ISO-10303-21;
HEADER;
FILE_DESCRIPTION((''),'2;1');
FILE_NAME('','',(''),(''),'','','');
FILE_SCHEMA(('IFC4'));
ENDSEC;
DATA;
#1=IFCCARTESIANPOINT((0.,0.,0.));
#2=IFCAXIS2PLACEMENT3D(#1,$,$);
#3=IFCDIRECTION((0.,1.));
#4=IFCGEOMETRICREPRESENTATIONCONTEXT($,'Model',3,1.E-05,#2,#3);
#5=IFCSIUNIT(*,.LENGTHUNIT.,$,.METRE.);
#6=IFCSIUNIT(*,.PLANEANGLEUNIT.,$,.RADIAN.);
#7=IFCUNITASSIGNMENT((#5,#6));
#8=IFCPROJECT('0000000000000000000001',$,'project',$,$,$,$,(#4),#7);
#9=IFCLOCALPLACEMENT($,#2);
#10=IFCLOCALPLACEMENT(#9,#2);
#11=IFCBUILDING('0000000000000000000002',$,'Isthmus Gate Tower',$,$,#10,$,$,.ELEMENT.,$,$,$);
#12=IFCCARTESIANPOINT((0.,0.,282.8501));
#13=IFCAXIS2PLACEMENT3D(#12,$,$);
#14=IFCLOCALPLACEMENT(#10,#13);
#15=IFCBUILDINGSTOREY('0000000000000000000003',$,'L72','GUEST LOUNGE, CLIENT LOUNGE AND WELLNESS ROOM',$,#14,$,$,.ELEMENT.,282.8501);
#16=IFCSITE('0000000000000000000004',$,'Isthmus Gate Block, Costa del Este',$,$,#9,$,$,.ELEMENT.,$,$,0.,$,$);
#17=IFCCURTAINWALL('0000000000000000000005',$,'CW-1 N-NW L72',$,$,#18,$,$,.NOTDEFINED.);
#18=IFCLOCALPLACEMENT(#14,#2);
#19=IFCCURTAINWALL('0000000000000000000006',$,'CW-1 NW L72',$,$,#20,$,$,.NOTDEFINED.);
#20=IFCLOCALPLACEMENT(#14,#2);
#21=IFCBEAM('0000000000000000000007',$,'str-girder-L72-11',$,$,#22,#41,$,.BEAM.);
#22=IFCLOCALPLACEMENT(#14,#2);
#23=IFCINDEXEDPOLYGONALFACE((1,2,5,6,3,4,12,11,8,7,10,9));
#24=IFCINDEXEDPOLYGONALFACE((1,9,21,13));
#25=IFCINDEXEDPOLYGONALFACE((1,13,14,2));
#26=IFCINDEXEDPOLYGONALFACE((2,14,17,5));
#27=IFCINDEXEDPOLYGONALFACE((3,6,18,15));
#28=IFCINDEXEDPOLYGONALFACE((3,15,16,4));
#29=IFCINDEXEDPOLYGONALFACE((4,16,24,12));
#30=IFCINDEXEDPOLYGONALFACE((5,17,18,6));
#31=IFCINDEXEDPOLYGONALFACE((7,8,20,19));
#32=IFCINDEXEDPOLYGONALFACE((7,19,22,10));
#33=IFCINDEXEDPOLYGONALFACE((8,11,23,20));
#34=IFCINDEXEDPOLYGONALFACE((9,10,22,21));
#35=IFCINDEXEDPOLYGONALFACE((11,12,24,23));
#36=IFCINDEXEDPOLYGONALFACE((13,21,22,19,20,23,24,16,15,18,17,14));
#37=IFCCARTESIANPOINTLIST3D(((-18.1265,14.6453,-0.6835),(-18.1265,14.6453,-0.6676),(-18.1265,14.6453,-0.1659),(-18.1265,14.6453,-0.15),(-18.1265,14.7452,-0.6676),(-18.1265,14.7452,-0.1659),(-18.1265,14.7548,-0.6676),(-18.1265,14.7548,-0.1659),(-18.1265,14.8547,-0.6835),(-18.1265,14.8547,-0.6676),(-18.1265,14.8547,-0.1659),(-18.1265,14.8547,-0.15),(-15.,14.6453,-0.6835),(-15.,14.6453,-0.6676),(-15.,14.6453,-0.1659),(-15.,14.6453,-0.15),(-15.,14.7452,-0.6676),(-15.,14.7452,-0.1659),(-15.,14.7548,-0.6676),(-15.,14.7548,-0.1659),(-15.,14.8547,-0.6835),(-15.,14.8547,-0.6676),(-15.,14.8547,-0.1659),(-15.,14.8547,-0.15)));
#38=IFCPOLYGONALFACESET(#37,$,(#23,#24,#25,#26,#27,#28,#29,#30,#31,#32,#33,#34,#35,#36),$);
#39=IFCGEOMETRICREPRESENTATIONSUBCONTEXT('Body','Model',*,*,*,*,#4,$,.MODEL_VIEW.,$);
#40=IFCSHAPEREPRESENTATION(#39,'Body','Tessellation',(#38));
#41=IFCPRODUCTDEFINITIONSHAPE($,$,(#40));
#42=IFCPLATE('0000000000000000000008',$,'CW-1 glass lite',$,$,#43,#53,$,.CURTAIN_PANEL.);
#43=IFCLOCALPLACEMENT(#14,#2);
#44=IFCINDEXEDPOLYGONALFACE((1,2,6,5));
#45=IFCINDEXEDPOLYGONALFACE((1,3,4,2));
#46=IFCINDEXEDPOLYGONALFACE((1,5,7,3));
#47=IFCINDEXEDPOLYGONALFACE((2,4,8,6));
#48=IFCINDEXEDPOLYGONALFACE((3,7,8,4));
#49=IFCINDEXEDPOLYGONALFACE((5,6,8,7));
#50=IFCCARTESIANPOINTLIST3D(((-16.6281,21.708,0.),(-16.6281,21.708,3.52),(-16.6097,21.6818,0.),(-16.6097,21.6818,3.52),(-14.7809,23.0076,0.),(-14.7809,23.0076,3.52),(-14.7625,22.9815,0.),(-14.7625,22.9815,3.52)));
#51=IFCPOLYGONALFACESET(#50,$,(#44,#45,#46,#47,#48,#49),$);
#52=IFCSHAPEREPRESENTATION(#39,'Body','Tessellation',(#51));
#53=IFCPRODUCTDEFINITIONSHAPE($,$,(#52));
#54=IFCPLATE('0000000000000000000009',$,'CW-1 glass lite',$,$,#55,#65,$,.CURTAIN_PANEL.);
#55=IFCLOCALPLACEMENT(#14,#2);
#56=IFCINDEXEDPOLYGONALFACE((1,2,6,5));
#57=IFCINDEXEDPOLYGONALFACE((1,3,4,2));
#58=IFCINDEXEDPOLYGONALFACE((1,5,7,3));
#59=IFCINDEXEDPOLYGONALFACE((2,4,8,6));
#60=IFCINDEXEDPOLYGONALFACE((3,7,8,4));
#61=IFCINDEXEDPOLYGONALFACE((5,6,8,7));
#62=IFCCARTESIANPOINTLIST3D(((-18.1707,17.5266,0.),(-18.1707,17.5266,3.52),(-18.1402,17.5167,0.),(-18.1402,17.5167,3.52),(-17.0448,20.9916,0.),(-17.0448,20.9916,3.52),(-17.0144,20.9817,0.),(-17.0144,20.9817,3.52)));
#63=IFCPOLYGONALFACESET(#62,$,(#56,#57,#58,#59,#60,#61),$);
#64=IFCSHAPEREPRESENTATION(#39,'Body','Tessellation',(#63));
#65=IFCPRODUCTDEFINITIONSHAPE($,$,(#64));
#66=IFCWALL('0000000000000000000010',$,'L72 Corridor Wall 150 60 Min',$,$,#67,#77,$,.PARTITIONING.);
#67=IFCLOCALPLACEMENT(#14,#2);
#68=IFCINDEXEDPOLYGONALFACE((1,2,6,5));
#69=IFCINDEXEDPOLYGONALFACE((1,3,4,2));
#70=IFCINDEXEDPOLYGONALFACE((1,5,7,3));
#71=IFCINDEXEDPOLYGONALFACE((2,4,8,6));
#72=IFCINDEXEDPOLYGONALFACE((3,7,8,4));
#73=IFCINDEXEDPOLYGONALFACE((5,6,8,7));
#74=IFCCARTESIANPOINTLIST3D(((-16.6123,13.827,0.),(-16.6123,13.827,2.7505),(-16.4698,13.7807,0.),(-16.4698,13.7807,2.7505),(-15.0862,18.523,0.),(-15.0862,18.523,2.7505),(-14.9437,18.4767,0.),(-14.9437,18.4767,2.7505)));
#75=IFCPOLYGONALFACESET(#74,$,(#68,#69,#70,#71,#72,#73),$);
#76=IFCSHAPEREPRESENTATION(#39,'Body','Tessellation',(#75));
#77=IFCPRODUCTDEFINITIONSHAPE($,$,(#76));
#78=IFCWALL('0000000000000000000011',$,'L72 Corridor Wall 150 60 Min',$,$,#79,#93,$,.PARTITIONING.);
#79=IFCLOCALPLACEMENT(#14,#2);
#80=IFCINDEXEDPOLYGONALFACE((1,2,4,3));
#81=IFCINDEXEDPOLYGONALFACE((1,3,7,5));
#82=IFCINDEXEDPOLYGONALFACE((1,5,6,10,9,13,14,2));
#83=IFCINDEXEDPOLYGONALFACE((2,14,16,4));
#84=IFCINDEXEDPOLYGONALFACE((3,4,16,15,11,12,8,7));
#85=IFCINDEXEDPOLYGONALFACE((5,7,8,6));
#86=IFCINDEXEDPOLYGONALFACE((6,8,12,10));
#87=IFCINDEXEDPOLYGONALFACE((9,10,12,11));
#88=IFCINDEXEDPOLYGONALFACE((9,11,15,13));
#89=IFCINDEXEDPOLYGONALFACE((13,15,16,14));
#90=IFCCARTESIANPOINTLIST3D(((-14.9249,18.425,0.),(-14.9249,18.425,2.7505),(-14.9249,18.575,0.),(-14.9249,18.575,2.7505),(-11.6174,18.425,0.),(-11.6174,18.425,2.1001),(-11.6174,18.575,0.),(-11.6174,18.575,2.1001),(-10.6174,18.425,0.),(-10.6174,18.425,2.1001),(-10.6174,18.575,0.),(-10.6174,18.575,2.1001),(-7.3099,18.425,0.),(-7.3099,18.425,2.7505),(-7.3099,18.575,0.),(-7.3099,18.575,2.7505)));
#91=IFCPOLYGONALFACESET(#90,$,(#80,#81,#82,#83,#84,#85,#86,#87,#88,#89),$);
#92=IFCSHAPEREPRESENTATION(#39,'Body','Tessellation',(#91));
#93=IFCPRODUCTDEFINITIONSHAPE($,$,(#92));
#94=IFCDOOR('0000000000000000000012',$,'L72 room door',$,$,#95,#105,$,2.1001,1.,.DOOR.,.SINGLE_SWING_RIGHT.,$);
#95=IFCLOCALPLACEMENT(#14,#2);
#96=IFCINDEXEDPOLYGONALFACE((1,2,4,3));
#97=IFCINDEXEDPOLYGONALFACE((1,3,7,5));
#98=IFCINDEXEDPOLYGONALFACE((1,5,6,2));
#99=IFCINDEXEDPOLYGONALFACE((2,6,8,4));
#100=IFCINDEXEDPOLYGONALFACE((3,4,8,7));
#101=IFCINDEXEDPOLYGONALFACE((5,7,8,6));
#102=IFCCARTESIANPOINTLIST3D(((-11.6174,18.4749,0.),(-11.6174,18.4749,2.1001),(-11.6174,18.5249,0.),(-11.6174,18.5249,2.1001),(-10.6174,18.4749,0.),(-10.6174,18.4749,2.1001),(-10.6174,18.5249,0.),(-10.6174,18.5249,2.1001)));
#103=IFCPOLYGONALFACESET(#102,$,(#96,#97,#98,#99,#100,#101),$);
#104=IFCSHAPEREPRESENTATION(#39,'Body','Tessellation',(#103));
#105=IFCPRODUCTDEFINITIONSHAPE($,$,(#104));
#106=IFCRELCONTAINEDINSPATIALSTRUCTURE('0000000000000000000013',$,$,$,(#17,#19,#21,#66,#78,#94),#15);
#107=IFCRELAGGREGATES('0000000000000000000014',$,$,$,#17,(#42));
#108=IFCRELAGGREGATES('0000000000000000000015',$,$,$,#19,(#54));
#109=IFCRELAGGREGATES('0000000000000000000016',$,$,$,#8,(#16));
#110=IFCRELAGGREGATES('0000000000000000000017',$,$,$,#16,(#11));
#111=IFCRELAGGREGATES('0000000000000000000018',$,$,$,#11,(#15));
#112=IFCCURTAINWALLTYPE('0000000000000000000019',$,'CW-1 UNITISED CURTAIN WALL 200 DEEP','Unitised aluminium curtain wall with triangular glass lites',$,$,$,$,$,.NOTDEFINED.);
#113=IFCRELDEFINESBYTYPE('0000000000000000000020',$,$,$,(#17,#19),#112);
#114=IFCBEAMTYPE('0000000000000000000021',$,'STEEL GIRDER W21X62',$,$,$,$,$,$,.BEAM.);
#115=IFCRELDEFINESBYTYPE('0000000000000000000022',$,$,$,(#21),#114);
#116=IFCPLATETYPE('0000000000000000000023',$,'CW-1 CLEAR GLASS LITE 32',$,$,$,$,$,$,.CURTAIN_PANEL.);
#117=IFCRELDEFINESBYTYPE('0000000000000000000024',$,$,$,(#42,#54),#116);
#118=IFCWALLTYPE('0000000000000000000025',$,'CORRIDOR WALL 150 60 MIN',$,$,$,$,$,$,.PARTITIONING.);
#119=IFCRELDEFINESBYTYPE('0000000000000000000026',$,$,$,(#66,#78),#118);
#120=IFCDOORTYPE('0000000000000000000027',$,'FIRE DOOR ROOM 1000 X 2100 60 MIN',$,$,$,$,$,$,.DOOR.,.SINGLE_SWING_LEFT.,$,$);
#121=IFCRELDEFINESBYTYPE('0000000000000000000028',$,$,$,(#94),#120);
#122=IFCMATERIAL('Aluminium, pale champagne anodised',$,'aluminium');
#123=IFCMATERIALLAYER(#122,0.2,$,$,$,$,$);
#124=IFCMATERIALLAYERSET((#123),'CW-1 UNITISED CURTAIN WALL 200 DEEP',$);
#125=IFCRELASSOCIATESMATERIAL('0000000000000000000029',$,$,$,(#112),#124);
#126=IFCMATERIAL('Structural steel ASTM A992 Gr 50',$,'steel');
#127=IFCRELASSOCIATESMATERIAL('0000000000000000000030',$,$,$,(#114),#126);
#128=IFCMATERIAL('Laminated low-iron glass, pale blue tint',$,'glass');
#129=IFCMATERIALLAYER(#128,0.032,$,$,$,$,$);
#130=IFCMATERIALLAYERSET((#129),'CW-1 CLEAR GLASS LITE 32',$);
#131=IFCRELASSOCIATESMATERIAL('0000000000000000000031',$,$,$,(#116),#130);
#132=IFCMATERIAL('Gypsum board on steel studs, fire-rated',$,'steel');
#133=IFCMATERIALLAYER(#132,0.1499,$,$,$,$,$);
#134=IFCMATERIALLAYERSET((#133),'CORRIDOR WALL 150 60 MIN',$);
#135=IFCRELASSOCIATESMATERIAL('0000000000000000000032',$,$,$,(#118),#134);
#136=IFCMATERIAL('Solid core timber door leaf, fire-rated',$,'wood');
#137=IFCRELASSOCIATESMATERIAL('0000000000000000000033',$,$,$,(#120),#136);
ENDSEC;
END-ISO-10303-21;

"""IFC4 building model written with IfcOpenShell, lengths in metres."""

from ifc_helpers import new_model, si_unit, direction, frame, frame_2d, origin, origin_2d, place, context, subcontext, project, spatial, rectangle, i_section, extrude, material, layer, layer_set, material_profile, profile_set, type_object, element, fill, aggregate, save


model = new_model("IFC4")

# Units and contexts
model_context = context("Model", 3, precision=1e-05, world=origin(), true_north=direction((0.0, 1.0)))
body_context = subcontext(model_context, "Body", "Model", "MODEL_VIEW")
ifc_project = project(units=[si_unit("LENGTHUNIT", "METRE"), si_unit("PLANEANGLEUNIT", "RADIAN")], contexts=[model_context])

# Site, building, storey
site_placement = place(None, origin())
site = spatial("IfcSite", under=ifc_project, at=site_placement, Name="Isthmus Gate Block, Costa del Este", CompositionType="ELEMENT", RefElevation=0.0)
building_placement = place(site_placement, origin())
building = spatial("IfcBuilding", under=site, at=building_placement, Name="Isthmus Gate Tower", CompositionType="ELEMENT")
storey_placement = place(building_placement, frame((0.0, 0.0, 282.8501)))
storey = spatial("IfcBuildingStorey", under=building, at=storey_placement, Name="L72", Description="GUEST LOUNGE, CLIENT LOUNGE AND WELLNESS ROOM", CompositionType="ELEMENT", Elevation=282.8501)

# Curtain wall
ifc_material_1 = material(Name="Aluminium, pale champagne anodised", Category="aluminium")
ifc_layer_1 = layer(ifc_material_1, 0.2)
ifc_layer_set_1 = layer_set([ifc_layer_1], Name="CW-1 UNITISED CURTAIN WALL 200 DEEP")
curtain_wall_type = type_object("IfcCurtainWallType", Name="CW-1 UNITISED CURTAIN WALL 200 DEEP", Description="Unitised aluminium curtain wall with triangular glass lites", PredefinedType="NOTDEFINED", material=ifc_layer_set_1)
curtain_wall_1_placement = place(storey_placement, origin())
curtain_wall_1 = element("IfcCurtainWall", 1, at=curtain_wall_1_placement, inside=storey, type_object=curtain_wall_type, Name="CW-1 N-NW L72", PredefinedType="NOTDEFINED")

# Curtain wall
curtain_wall_2_placement = place(storey_placement, origin())
curtain_wall_2 = element("IfcCurtainWall", 2, at=curtain_wall_2_placement, inside=storey, type_object=curtain_wall_type, Name="CW-1 NW L72", PredefinedType="NOTDEFINED")

# Beam
ifc_material_2 = material(Name="Structural steel ASTM A992 Gr 50", Category="steel")
ifc_material_profile_1 = material_profile(ifc_material_2, i_section(OverallWidth=0.2095, OverallDepth=0.5334, WebThickness=0.0095, FlangeThickness=0.0159, at=origin_2d()), Name="W21X62")
ifc_profile_set_1 = profile_set([ifc_material_profile_1], Name="Structural steel ASTM A992 Gr 50")
beam_type_1 = type_object("IfcBeamType", Name="STEEL GIRDER W21X62", PredefinedType="BEAM", material=ifc_profile_set_1)
beam_1_placement = place(storey_placement, frame((-15.0, 14.75, -0.4167), z_axis=(-1.0, 0.0, 0.0), x_axis=(0.0, -1.0, 0.0)))
element("IfcBeam", 3, at=beam_1_placement, inside=storey, type_object=beam_type_1, Name="str-girder-L72-11", PredefinedType="BEAM", context=body_context, shape_type="SweptSolid", body=[
    extrude(i_section(OverallWidth=0.2095, OverallDepth=0.5334, WebThickness=0.0095, FlangeThickness=0.0159, at=origin_2d()), origin(), (0.0, 0.0, 1.0), 3.1265),
])

# Plates
ifc_material_3 = material(Name="Laminated low-iron glass, pale blue tint", Category="glass")
ifc_layer_2 = layer(ifc_material_3, 0.032)
ifc_layer_set_2 = layer_set([ifc_layer_2], Name="CW-1 CLEAR GLASS LITE 32")
plate_type = type_object("IfcPlateType", Name="CW-1 CLEAR GLASS LITE 32", PredefinedType="CURTAIN_PANEL", material=ifc_layer_set_2)
plate_1_placement = place(storey_placement, frame((-15.6953, 22.3447, 0.0), z_axis=(0.0, 0.0, 1.0), x_axis=(-0.81786, -0.575418, 0.0)))
plate_1 = element("IfcPlate", 4, at=plate_1_placement, type_object=plate_type, Name="CW-1 glass lite", PredefinedType="CURTAIN_PANEL", context=body_context, shape_type="SweptSolid", body=[
    extrude(rectangle(XDim=2.2585, YDim=0.032, at=origin_2d()), origin(), (0.0, 0.0, 1.0), 3.52),
])
aggregate(curtain_wall_1, [plate_1])
plate_2_placement = place(storey_placement, frame((-17.5925, 19.2542, 0.0), z_axis=(0.0, 0.0, 1.0), x_axis=(-0.309017, -0.951057, 0.0)))
plate_2 = element("IfcPlate", 5, at=plate_2_placement, type_object=plate_type, Name="CW-1 glass lite", PredefinedType="CURTAIN_PANEL", context=body_context, shape_type="SweptSolid", body=[
    extrude(rectangle(XDim=3.6433, YDim=0.032, at=origin_2d()), origin(), (0.0, 0.0, 1.0), 3.52),
])

# Wall
ifc_material_4 = material(Name="Gypsum board on steel studs, fire-rated", Category="steel")
ifc_layer_3 = layer(ifc_material_4, 0.1499)
ifc_layer_set_3 = layer_set([ifc_layer_3], Name="CORRIDOR WALL 150 60 MIN")
wall_type_1 = type_object("IfcWallType", Name="CORRIDOR WALL 150 60 MIN", PredefinedType="PARTITIONING", material=ifc_layer_set_3)
wall_1_placement = place(storey_placement, frame((-16.541, 13.804, 0.0), z_axis=(0.0, 0.0, 1.0), x_axis=(0.309069, 0.95104, 0.0)))
element("IfcWall", 6, at=wall_1_placement, inside=storey, type_object=wall_type_1, Name="L72 Corridor Wall 150 60 Min", PredefinedType="PARTITIONING", context=body_context, shape_type="SweptSolid", body=[
    extrude(rectangle(XDim=4.9377, YDim=0.1499, at=frame_2d((2.4688, 0.0))), origin(), (0.0, 0.0, 1.0), 2.7505),
])

# Wall, opening, door
wall_2_placement = place(storey_placement, frame((-14.925, 18.5, 0.0), z_axis=(0.0, 0.0, 1.0), x_axis=(1.0, 0.0, 0.0)))
wall_2 = element("IfcWall", 7, at=wall_2_placement, inside=storey, type_object=wall_type_1, Name="L72 Corridor Wall 150 60 Min", PredefinedType="PARTITIONING", context=body_context, shape_type="SweptSolid", body=[
    extrude(rectangle(XDim=7.615, YDim=0.1499, at=frame_2d((3.8076, 0.0))), origin(), (0.0, 0.0, 1.0), 2.7505),
])
opening_1_placement = place(wall_2_placement, frame((3.3076, 0.0, 0.0)))
opening_1 = element("IfcOpeningElement", 8, at=opening_1_placement, cuts=wall_2, PredefinedType="OPENING", context=body_context, shape_type="SweptSolid", body=[
    extrude(rectangle(XDim=1.0, YDim=2.1001, at=frame_2d((0.5, 1.05))), frame((0.0, 0.085, 0.0), z_axis=(0.0, -1.0, 0.0), x_axis=(1.0, 0.0, 0.0)), (0.0, 0.0, 1.0), 0.1699),
])
ifc_material_5 = material(Name="Solid core timber door leaf, fire-rated", Category="wood")
door_type_1 = type_object("IfcDoorType", Name="FIRE DOOR ROOM 1000 X 2100 60 MIN", OperationType="SINGLE_SWING_LEFT", PredefinedType="DOOR", material=ifc_material_5)
door_1_placement = place(opening_1_placement, origin())
door_1 = element("IfcDoor", 9, at=door_1_placement, inside=storey, type_object=door_type_1, Name="L72 room door", OperationType="SINGLE_SWING_RIGHT", OverallHeight=2.1001, OverallWidth=1.0, PredefinedType="DOOR", context=body_context, shape_type="SweptSolid", body=[
    extrude(rectangle(XDim=1.0, YDim=2.1001, at=frame_2d((0.5, 1.05))), frame((0.0, 0.0249, 0.0), z_axis=(0.0, -1.0, 0.0), x_axis=(1.0, 0.0, 0.0)), (0.0, 0.0, 1.0), 0.05),
])
fill(opening_1, door_1)

aggregate(curtain_wall_2, [plate_2])

save(model, "model.ifc")
